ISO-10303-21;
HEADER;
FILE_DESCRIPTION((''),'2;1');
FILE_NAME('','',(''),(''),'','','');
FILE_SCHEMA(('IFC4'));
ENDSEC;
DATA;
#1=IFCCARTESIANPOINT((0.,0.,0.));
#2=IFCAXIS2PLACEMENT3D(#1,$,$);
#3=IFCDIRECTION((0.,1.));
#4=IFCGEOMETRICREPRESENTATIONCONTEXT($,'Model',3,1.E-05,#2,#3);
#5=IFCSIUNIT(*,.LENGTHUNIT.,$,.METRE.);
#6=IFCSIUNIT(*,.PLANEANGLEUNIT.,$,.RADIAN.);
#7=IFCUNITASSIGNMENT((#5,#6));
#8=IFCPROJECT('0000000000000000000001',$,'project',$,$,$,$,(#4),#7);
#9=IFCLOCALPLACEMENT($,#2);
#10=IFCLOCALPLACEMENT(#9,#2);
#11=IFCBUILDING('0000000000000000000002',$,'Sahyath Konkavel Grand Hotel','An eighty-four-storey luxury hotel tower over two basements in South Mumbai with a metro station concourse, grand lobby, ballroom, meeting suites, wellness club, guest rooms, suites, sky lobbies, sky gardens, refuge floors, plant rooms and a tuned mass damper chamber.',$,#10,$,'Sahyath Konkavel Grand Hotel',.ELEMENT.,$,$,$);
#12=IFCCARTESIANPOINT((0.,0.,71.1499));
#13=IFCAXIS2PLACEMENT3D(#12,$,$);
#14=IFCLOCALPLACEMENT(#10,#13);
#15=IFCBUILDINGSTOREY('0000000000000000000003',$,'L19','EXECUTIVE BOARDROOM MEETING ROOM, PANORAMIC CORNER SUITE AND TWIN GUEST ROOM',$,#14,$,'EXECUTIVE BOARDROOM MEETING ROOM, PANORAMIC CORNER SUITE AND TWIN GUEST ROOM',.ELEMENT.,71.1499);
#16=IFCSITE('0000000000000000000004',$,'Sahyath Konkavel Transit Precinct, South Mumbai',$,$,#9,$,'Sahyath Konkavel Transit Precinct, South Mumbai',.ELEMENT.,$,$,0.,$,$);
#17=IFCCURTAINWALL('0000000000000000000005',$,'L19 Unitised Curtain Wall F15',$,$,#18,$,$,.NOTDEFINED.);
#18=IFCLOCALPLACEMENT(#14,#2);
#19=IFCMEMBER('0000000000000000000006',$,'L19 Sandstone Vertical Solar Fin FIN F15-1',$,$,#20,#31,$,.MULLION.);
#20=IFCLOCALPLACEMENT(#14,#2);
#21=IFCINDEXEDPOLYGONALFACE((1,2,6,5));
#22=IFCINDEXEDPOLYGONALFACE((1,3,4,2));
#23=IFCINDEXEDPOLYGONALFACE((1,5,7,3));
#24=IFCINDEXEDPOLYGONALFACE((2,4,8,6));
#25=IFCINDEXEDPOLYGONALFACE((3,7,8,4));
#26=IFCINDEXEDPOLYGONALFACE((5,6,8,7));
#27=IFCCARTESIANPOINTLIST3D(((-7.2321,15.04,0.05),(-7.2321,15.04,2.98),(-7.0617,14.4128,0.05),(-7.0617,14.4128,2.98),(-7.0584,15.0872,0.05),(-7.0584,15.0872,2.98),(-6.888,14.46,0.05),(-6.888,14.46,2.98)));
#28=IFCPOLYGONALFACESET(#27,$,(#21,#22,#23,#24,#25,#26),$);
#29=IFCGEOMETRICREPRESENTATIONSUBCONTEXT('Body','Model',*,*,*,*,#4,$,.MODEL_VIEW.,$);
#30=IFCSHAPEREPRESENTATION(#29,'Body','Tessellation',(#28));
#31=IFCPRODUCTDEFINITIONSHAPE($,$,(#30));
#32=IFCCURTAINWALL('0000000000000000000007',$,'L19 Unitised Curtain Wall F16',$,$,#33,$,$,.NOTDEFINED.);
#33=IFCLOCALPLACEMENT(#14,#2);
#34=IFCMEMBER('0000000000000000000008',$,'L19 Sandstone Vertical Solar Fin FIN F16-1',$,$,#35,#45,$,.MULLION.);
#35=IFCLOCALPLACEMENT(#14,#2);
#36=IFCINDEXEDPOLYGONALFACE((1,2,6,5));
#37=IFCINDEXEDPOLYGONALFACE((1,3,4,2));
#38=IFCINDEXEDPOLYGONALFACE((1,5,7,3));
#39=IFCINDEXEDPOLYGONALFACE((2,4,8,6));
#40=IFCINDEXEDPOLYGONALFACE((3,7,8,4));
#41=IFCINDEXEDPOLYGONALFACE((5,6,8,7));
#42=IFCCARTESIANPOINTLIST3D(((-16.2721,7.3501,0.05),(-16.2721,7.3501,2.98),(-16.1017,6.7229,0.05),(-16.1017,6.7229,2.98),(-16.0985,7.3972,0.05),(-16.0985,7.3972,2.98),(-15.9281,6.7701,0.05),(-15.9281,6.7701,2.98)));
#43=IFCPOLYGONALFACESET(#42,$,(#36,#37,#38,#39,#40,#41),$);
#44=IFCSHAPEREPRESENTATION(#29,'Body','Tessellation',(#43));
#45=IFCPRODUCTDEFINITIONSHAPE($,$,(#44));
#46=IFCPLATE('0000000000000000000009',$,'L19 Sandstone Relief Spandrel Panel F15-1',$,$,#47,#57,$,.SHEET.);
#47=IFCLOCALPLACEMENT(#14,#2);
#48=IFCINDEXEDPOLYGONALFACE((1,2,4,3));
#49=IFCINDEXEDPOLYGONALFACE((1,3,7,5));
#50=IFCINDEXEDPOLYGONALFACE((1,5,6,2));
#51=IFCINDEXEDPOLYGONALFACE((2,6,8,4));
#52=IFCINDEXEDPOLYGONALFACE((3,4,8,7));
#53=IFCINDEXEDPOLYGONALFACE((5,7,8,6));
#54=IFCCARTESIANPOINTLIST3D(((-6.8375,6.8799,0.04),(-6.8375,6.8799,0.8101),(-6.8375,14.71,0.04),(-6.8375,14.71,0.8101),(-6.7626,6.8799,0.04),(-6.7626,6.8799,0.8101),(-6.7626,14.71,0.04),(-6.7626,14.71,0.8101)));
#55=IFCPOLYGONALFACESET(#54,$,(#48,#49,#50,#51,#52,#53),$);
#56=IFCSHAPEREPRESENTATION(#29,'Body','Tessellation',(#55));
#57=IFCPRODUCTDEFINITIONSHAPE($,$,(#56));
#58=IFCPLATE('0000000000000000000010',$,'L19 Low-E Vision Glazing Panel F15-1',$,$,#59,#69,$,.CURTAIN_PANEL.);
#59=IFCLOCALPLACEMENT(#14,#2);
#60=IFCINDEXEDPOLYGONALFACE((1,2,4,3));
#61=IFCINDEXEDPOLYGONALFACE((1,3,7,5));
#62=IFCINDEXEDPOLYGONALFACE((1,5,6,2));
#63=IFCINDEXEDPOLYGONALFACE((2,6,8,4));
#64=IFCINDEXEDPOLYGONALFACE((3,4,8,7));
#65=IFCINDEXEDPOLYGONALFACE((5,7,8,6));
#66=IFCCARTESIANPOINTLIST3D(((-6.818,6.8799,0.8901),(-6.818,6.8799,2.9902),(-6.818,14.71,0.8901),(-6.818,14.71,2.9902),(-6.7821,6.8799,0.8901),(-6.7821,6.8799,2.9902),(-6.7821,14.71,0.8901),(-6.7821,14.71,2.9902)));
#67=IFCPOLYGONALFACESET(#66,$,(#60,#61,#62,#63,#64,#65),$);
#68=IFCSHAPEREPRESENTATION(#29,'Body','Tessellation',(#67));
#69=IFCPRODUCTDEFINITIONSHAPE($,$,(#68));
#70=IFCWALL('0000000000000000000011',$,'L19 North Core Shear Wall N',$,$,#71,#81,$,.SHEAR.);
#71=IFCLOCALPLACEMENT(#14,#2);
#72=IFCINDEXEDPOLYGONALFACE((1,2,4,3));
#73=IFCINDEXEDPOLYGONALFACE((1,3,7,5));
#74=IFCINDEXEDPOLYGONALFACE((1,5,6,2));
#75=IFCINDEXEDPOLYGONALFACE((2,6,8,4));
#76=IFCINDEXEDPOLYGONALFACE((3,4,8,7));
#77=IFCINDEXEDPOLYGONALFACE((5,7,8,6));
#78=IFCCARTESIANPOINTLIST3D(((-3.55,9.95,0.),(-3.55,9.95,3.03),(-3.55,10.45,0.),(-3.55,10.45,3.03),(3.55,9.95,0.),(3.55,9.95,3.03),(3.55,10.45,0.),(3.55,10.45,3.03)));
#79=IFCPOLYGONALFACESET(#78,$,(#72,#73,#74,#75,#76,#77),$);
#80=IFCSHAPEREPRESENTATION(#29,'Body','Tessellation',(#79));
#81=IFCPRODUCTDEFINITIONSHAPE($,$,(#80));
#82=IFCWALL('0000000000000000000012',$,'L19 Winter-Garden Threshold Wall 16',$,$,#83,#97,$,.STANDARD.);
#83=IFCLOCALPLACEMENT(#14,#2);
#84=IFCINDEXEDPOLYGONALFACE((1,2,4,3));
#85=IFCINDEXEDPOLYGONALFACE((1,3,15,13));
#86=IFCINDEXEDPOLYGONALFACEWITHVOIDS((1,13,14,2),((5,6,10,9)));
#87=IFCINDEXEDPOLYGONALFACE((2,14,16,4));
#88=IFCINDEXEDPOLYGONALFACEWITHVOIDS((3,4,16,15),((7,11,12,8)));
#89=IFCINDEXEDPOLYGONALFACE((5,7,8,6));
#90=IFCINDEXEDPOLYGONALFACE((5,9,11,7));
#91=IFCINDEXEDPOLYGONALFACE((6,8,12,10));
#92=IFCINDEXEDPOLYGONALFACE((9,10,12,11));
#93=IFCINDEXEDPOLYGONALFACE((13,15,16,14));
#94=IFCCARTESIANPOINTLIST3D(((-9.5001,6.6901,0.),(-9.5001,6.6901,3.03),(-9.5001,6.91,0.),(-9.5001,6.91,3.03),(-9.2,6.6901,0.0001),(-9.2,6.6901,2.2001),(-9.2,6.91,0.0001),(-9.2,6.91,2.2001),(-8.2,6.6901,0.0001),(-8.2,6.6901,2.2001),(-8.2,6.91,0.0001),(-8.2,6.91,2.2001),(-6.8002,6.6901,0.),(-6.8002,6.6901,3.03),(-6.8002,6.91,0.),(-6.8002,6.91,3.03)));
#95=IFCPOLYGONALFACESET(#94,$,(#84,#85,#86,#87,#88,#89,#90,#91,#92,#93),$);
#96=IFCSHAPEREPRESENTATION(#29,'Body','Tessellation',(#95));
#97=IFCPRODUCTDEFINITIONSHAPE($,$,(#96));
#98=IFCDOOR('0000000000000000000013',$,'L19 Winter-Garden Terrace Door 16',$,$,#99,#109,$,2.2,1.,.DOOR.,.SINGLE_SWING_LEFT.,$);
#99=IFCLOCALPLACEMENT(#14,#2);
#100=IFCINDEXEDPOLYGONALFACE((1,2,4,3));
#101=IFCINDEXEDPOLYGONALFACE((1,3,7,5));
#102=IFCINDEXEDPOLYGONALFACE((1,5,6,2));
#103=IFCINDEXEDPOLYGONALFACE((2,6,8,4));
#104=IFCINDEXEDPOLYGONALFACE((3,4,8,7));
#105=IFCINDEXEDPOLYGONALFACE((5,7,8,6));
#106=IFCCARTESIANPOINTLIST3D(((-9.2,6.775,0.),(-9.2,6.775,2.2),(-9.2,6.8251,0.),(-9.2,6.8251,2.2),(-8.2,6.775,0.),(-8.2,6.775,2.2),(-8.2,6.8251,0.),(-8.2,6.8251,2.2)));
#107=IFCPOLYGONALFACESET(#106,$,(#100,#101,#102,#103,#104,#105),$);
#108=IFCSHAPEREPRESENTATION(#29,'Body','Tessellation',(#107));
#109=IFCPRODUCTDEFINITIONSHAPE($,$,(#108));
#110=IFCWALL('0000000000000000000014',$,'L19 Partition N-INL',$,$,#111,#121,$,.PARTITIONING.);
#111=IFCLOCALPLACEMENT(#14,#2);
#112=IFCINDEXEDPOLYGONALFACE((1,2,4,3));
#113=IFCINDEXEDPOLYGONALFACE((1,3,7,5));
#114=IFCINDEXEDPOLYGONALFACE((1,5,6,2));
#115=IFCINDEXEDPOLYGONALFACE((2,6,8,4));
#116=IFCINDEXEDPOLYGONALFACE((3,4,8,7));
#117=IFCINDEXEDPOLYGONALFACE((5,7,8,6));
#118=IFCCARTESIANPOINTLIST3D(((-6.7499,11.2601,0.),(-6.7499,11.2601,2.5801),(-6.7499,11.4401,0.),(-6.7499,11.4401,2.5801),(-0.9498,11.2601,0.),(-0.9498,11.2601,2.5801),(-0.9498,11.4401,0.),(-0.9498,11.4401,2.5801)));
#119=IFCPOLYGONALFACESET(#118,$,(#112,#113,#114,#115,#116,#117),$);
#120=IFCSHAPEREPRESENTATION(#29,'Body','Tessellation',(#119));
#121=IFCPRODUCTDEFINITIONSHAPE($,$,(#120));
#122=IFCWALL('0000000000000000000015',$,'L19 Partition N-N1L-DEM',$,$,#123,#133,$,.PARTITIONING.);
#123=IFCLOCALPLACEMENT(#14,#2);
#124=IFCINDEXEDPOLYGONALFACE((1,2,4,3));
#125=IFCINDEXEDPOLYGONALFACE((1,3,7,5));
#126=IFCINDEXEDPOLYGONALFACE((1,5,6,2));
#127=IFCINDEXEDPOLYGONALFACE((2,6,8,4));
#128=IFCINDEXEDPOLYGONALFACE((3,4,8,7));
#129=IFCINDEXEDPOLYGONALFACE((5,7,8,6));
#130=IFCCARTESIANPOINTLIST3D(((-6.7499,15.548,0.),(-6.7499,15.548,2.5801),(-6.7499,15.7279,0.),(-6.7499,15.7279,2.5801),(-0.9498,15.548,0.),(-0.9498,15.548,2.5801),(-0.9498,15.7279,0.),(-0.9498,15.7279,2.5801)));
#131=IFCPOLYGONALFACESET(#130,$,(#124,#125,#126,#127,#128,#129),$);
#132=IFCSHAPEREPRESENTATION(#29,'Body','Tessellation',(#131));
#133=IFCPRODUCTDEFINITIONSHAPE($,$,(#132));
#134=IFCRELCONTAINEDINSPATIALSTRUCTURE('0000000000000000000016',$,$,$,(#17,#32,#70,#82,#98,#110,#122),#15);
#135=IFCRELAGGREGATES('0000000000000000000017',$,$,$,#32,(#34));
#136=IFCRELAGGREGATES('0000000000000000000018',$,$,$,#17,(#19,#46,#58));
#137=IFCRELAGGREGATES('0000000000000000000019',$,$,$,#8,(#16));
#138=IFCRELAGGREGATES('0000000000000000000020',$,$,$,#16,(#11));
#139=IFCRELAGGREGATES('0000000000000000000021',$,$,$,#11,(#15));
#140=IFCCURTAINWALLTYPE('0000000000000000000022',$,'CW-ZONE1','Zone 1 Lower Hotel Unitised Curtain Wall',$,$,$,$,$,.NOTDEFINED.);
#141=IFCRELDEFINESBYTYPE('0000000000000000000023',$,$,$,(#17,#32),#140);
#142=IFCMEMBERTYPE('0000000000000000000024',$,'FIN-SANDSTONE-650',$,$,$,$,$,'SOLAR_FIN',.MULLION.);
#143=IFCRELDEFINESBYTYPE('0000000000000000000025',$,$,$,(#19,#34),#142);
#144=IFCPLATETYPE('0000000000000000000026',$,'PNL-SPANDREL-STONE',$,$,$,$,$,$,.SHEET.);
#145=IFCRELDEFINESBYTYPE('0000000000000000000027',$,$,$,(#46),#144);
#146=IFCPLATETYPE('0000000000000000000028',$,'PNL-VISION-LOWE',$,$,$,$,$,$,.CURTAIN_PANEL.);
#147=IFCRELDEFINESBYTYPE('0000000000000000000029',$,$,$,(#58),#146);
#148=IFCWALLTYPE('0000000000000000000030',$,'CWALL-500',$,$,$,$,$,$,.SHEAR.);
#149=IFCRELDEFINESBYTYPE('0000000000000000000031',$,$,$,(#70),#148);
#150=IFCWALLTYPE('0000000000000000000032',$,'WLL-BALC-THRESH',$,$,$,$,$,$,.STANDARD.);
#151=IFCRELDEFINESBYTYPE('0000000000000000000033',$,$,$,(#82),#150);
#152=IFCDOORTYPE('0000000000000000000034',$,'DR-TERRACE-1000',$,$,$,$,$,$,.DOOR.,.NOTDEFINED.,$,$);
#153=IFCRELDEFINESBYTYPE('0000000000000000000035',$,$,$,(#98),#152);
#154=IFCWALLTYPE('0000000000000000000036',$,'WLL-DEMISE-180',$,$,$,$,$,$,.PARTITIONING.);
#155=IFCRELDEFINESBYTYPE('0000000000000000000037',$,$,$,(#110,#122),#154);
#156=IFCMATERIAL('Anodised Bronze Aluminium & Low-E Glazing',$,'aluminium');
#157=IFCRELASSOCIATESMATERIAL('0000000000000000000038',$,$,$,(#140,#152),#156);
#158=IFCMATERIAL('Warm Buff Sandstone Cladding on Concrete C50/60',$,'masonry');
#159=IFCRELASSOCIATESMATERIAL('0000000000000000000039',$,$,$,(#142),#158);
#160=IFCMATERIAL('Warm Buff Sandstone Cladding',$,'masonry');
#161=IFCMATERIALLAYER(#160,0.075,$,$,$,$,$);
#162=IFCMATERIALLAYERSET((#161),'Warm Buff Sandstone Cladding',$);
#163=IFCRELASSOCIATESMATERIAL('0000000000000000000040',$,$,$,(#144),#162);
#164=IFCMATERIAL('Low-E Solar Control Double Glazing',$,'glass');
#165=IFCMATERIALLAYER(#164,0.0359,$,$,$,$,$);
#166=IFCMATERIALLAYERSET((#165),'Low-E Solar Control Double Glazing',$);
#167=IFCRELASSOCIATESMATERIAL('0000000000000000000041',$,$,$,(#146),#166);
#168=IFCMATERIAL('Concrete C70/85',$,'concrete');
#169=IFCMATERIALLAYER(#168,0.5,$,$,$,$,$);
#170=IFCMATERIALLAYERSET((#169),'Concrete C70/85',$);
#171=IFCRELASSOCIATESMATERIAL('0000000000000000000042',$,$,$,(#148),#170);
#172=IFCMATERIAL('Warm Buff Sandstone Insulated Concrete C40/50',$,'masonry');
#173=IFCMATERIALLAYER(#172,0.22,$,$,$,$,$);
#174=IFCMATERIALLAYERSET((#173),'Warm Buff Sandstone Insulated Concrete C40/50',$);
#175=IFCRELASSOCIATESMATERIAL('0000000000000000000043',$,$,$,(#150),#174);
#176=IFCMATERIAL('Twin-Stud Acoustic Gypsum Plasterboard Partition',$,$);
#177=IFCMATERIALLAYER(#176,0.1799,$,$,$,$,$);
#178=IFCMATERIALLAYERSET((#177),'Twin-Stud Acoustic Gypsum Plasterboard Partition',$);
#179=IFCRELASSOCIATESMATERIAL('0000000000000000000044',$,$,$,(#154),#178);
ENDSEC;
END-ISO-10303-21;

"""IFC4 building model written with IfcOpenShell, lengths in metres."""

from ifc_helpers import new_model, si_unit, direction, frame, frame_2d, origin, origin_2d, place, context, subcontext, project, spatial, rectangle, extrude, source, transform, mapped, material, layer, layer_set, material_profile, profile_set, type_object, element, fill, aggregate, save


model = new_model("IFC4")

# Units and contexts
model_context = context("Model", 3, precision=1e-05, world=origin(), true_north=direction((0.0, 1.0)))
body_context = subcontext(model_context, "Body", "Model", "MODEL_VIEW")
ifc_project = project(units=[si_unit("LENGTHUNIT", "METRE"), si_unit("PLANEANGLEUNIT", "RADIAN")], contexts=[model_context])

# Site, building, storey
site_placement = place(None, origin())
site = spatial("IfcSite", under=ifc_project, at=site_placement, Name="Sahyath Konkavel Transit Precinct, South Mumbai", LongName="Sahyath Konkavel Transit Precinct, South Mumbai", CompositionType="ELEMENT", RefElevation=0.0)
building_placement = place(site_placement, origin())
building = spatial("IfcBuilding", under=site, at=building_placement, Name="Sahyath Konkavel Grand Hotel", Description="An eighty-four-storey luxury hotel tower over two basements in South Mumbai with a metro station concourse, grand lobby, ballroom, meeting suites, wellness club, guest rooms, suites, sky lobbies, sky gardens, refuge floors, plant rooms and a tuned mass damper chamber.", LongName="Sahyath Konkavel Grand Hotel", CompositionType="ELEMENT")
storey_placement = place(building_placement, frame((0.0, 0.0, 71.1499)))
storey = spatial("IfcBuildingStorey", under=building, at=storey_placement, Name="L19", Description="EXECUTIVE BOARDROOM MEETING ROOM, PANORAMIC CORNER SUITE AND TWIN GUEST ROOM", LongName="EXECUTIVE BOARDROOM MEETING ROOM, PANORAMIC CORNER SUITE AND TWIN GUEST ROOM", CompositionType="ELEMENT", Elevation=71.1499)

# Shared definitions
ifc_material_1 = material(Name="Concrete C70/85", Category="concrete")

# Curtain wall
ifc_material_2 = material(Name="Anodised Bronze Aluminium & Low-E Glazing", Category="aluminium")
curtain_wall_type = type_object("IfcCurtainWallType", Name="CW-ZONE1", Description="Zone 1 Lower Hotel Unitised Curtain Wall", PredefinedType="NOTDEFINED", material=ifc_material_2)
curtain_wall_1_placement = place(storey_placement, origin())
curtain_wall_1 = element("IfcCurtainWall", 1, at=curtain_wall_1_placement, inside=storey, type_object=curtain_wall_type, Name="L19 Unitised Curtain Wall F15", PredefinedType="NOTDEFINED")

# Member
ifc_material_3 = material(Name="Warm Buff Sandstone Cladding on Concrete C50/60", Category="masonry")
ifc_material_profile_1 = material_profile(ifc_material_3, rectangle(XDim=0.1799, YDim=0.6499, at=origin_2d()), Name="FIN 180x650")
ifc_profile_set_1 = profile_set([ifc_material_profile_1], Name="Warm Buff Sandstone Cladding on Concrete C50/60")
member_type_1 = type_object("IfcMemberType", Name="FIN-SANDSTONE-650", ElementType="SOLAR_FIN", PredefinedType="MULLION", material=ifc_profile_set_1)
shared_shape_1 = source(origin(), body_context, "Body", "SweptSolid", [
    extrude(rectangle(XDim=0.1799, YDim=0.6499, at=origin_2d()), origin(), (0.0, 0.0, 1.0), 2.9299),
])
member_1_placement = place(storey_placement, frame((-7.0601, 14.75, 0.05), z_axis=(0.0, 0.0, 1.0), x_axis=(0.965016, 0.262189, 0.0)))
member_1 = element("IfcMember", 2, at=member_1_placement, type_object=member_type_1, Name="L19 Sandstone Vertical Solar Fin FIN F15-1", PredefinedType="MULLION", context=body_context, shape_type="MappedRepresentation", body=[
    mapped(shared_shape_1, transform((0.0, 0.0, 0.0), scale=1.0)),
])

# Curtain wall, member
curtain_wall_2_placement = place(storey_placement, origin())
curtain_wall_2 = element("IfcCurtainWall", 3, at=curtain_wall_2_placement, inside=storey, type_object=curtain_wall_type, Name="L19 Unitised Curtain Wall F16", PredefinedType="NOTDEFINED")
member_2_placement = place(storey_placement, frame((-16.1001, 7.0601, 0.05), z_axis=(0.0, 0.0, 1.0), x_axis=(0.965016, 0.262189, 0.0)))
member_2 = element("IfcMember", 4, at=member_2_placement, type_object=member_type_1, Name="L19 Sandstone Vertical Solar Fin FIN F16-1", PredefinedType="MULLION", context=body_context, shape_type="MappedRepresentation", body=[
    mapped(shared_shape_1, transform((0.0, 0.0, 0.0), scale=1.0)),
])
aggregate(curtain_wall_2, [member_2])

# Plates
ifc_material_4 = material(Name="Warm Buff Sandstone Cladding", Category="masonry")
ifc_layer_1 = layer(ifc_material_4, 0.075)
ifc_layer_set_1 = layer_set([ifc_layer_1], Name="Warm Buff Sandstone Cladding")
plate_type_1 = type_object("IfcPlateType", Name="PNL-SPANDREL-STONE", PredefinedType="SHEET", material=ifc_layer_set_1)
shared_shape_2 = source(origin(), body_context, "Body", "SweptSolid", [
    extrude(rectangle(XDim=7.8301, YDim=0.075, at=origin_2d()), origin(), (0.0, 0.0, 1.0), 0.77),
])
plate_1_placement = place(storey_placement, frame((-6.8, 10.7949, 0.04), z_axis=(0.0, 0.0, 1.0), x_axis=(0.0, -1.0, 0.0)))
plate_1 = element("IfcPlate", 5, at=plate_1_placement, type_object=plate_type_1, Name="L19 Sandstone Relief Spandrel Panel F15-1", PredefinedType="SHEET", context=body_context, shape_type="MappedRepresentation", body=[
    mapped(shared_shape_2, transform((0.0, 0.0, 0.0), scale=1.0)),
])
ifc_material_5 = material(Name="Low-E Solar Control Double Glazing", Category="glass")
ifc_layer_2 = layer(ifc_material_5, 0.0359)
ifc_layer_set_2 = layer_set([ifc_layer_2], Name="Low-E Solar Control Double Glazing")
plate_type_2 = type_object("IfcPlateType", Name="PNL-VISION-LOWE", PredefinedType="CURTAIN_PANEL", material=ifc_layer_set_2)
shared_shape_3 = source(origin(), body_context, "Body", "SweptSolid", [
    extrude(rectangle(XDim=7.8301, YDim=0.0359, at=origin_2d()), origin(), (0.0, 0.0, 1.0), 2.1001),
])
plate_2_placement = place(storey_placement, frame((-6.8, 10.7949, 0.8901), z_axis=(0.0, 0.0, 1.0), x_axis=(0.0, -1.0, 0.0)))
plate_2 = element("IfcPlate", 6, at=plate_2_placement, type_object=plate_type_2, Name="L19 Low-E Vision Glazing Panel F15-1", PredefinedType="CURTAIN_PANEL", context=body_context, shape_type="MappedRepresentation", body=[
    mapped(shared_shape_3, transform((0.0, 0.0, 0.0), scale=1.0)),
])
aggregate(curtain_wall_1, [member_1, plate_1, plate_2])

# Wall
ifc_layer_3 = layer(ifc_material_1, 0.5)
ifc_layer_set_3 = layer_set([ifc_layer_3], Name="Concrete C70/85")
wall_type_1 = type_object("IfcWallType", Name="CWALL-500", PredefinedType="SHEAR", material=ifc_layer_set_3)
wall_1_placement = place(storey_placement, frame((-3.55, 10.2, 0.0), z_axis=(0.0, 0.0, 1.0), x_axis=(1.0, 0.0, 0.0)))
element("IfcWall", 7, at=wall_1_placement, inside=storey, type_object=wall_type_1, Name="L19 North Core Shear Wall N", PredefinedType="SHEAR", context=body_context, shape_type="SweptSolid", body=[
    extrude(rectangle(XDim=7.1001, YDim=0.5, at=frame_2d((3.55, 0.0))), origin(), (0.0, 0.0, 1.0), 3.03),
])

# Wall, opening, door
ifc_material_6 = material(Name="Warm Buff Sandstone Insulated Concrete C40/50", Category="masonry")
ifc_layer_4 = layer(ifc_material_6, 0.22)
ifc_layer_set_4 = layer_set([ifc_layer_4], Name="Warm Buff Sandstone Insulated Concrete C40/50")
wall_type_2 = type_object("IfcWallType", Name="WLL-BALC-THRESH", PredefinedType="STANDARD", material=ifc_layer_set_4)
wall_2_placement = place(storey_placement, frame((-6.8, 6.8, 0.0), z_axis=(0.0, 0.0, 1.0), x_axis=(-1.0, 0.0, 0.0)))
wall_2 = element("IfcWall", 8, at=wall_2_placement, inside=storey, type_object=wall_type_2, Name="L19 Winter-Garden Threshold Wall 16", PredefinedType="STANDARD", context=body_context, shape_type="SweptSolid", body=[
    extrude(rectangle(XDim=2.7, YDim=0.22, at=frame_2d((1.3501, 0.0))), origin(), (0.0, 0.0, 1.0), 3.03),
])
opening_1_placement = place(wall_2_placement, frame((1.3999, 0.0, 0.0)))
opening_1 = element("IfcOpeningElement", 9, at=opening_1_placement, cuts=wall_2, PredefinedType="OPENING", context=body_context, shape_type="SweptSolid", body=[
    extrude(rectangle(XDim=1.0, YDim=2.2, at=frame_2d((0.5, 1.1001))), frame((0.0, 0.1201, 0.0), z_axis=(0.0, -1.0, 0.0), x_axis=(1.0, 0.0, 0.0)), (0.0, 0.0, 1.0), 0.24),
])
door_type_1 = type_object("IfcDoorType", Name="DR-TERRACE-1000", OperationType="NOTDEFINED", PredefinedType="DOOR", material=ifc_material_2)
shared_shape_4 = source(origin(), body_context, "Body", "SweptSolid", [
    extrude(rectangle(XDim=1.0, YDim=0.05, at=origin_2d()), origin(), (0.0, 0.0, 1.0), 2.2),
])
door_1_placement = place(opening_1_placement, frame((0.5, 0.0, 0.0)))
door_1 = element("IfcDoor", 10, at=door_1_placement, inside=storey, type_object=door_type_1, Name="L19 Winter-Garden Terrace Door 16", OperationType="SINGLE_SWING_LEFT", OverallHeight=2.2, OverallWidth=1.0, PredefinedType="DOOR", context=body_context, shape_type="MappedRepresentation", body=[
    mapped(shared_shape_4, transform((0.0, 0.0, 0.0), scale=1.0)),
])
fill(opening_1, door_1)

# Walls
ifc_material_7 = material(Name="Twin-Stud Acoustic Gypsum Plasterboard Partition")
ifc_layer_5 = layer(ifc_material_7, 0.1799)
ifc_layer_set_5 = layer_set([ifc_layer_5], Name="Twin-Stud Acoustic Gypsum Plasterboard Partition")
wall_type_3 = type_object("IfcWallType", Name="WLL-DEMISE-180", PredefinedType="PARTITIONING", material=ifc_layer_set_5)
for number, where, z_axis, x_axis, name in (
    (11, (-0.95, 11.3501, 0.0), (0.0, 0.0, 1.0), (-1.0, 0.0, 0.0), "L19 Partition N-INL"),
    (12, (-0.95, 15.6379, 0.0), (0.0, 0.0, 1.0), (-1.0, 0.0, 0.0), "L19 Partition N-N1L-DEM"),
):
    element("IfcWall", number, at=place(storey_placement, frame(where, z_axis=z_axis, x_axis=x_axis)), inside=storey, type_object=wall_type_3, Name=name, PredefinedType="PARTITIONING", context=body_context, shape_type="SweptSolid", body=[
        extrude(rectangle(XDim=5.8, YDim=0.1799, at=frame_2d((2.8999, 0.0))), origin(), (0.0, 0.0, 1.0), 2.5801),
    ])

save(model, "model.ifc")
